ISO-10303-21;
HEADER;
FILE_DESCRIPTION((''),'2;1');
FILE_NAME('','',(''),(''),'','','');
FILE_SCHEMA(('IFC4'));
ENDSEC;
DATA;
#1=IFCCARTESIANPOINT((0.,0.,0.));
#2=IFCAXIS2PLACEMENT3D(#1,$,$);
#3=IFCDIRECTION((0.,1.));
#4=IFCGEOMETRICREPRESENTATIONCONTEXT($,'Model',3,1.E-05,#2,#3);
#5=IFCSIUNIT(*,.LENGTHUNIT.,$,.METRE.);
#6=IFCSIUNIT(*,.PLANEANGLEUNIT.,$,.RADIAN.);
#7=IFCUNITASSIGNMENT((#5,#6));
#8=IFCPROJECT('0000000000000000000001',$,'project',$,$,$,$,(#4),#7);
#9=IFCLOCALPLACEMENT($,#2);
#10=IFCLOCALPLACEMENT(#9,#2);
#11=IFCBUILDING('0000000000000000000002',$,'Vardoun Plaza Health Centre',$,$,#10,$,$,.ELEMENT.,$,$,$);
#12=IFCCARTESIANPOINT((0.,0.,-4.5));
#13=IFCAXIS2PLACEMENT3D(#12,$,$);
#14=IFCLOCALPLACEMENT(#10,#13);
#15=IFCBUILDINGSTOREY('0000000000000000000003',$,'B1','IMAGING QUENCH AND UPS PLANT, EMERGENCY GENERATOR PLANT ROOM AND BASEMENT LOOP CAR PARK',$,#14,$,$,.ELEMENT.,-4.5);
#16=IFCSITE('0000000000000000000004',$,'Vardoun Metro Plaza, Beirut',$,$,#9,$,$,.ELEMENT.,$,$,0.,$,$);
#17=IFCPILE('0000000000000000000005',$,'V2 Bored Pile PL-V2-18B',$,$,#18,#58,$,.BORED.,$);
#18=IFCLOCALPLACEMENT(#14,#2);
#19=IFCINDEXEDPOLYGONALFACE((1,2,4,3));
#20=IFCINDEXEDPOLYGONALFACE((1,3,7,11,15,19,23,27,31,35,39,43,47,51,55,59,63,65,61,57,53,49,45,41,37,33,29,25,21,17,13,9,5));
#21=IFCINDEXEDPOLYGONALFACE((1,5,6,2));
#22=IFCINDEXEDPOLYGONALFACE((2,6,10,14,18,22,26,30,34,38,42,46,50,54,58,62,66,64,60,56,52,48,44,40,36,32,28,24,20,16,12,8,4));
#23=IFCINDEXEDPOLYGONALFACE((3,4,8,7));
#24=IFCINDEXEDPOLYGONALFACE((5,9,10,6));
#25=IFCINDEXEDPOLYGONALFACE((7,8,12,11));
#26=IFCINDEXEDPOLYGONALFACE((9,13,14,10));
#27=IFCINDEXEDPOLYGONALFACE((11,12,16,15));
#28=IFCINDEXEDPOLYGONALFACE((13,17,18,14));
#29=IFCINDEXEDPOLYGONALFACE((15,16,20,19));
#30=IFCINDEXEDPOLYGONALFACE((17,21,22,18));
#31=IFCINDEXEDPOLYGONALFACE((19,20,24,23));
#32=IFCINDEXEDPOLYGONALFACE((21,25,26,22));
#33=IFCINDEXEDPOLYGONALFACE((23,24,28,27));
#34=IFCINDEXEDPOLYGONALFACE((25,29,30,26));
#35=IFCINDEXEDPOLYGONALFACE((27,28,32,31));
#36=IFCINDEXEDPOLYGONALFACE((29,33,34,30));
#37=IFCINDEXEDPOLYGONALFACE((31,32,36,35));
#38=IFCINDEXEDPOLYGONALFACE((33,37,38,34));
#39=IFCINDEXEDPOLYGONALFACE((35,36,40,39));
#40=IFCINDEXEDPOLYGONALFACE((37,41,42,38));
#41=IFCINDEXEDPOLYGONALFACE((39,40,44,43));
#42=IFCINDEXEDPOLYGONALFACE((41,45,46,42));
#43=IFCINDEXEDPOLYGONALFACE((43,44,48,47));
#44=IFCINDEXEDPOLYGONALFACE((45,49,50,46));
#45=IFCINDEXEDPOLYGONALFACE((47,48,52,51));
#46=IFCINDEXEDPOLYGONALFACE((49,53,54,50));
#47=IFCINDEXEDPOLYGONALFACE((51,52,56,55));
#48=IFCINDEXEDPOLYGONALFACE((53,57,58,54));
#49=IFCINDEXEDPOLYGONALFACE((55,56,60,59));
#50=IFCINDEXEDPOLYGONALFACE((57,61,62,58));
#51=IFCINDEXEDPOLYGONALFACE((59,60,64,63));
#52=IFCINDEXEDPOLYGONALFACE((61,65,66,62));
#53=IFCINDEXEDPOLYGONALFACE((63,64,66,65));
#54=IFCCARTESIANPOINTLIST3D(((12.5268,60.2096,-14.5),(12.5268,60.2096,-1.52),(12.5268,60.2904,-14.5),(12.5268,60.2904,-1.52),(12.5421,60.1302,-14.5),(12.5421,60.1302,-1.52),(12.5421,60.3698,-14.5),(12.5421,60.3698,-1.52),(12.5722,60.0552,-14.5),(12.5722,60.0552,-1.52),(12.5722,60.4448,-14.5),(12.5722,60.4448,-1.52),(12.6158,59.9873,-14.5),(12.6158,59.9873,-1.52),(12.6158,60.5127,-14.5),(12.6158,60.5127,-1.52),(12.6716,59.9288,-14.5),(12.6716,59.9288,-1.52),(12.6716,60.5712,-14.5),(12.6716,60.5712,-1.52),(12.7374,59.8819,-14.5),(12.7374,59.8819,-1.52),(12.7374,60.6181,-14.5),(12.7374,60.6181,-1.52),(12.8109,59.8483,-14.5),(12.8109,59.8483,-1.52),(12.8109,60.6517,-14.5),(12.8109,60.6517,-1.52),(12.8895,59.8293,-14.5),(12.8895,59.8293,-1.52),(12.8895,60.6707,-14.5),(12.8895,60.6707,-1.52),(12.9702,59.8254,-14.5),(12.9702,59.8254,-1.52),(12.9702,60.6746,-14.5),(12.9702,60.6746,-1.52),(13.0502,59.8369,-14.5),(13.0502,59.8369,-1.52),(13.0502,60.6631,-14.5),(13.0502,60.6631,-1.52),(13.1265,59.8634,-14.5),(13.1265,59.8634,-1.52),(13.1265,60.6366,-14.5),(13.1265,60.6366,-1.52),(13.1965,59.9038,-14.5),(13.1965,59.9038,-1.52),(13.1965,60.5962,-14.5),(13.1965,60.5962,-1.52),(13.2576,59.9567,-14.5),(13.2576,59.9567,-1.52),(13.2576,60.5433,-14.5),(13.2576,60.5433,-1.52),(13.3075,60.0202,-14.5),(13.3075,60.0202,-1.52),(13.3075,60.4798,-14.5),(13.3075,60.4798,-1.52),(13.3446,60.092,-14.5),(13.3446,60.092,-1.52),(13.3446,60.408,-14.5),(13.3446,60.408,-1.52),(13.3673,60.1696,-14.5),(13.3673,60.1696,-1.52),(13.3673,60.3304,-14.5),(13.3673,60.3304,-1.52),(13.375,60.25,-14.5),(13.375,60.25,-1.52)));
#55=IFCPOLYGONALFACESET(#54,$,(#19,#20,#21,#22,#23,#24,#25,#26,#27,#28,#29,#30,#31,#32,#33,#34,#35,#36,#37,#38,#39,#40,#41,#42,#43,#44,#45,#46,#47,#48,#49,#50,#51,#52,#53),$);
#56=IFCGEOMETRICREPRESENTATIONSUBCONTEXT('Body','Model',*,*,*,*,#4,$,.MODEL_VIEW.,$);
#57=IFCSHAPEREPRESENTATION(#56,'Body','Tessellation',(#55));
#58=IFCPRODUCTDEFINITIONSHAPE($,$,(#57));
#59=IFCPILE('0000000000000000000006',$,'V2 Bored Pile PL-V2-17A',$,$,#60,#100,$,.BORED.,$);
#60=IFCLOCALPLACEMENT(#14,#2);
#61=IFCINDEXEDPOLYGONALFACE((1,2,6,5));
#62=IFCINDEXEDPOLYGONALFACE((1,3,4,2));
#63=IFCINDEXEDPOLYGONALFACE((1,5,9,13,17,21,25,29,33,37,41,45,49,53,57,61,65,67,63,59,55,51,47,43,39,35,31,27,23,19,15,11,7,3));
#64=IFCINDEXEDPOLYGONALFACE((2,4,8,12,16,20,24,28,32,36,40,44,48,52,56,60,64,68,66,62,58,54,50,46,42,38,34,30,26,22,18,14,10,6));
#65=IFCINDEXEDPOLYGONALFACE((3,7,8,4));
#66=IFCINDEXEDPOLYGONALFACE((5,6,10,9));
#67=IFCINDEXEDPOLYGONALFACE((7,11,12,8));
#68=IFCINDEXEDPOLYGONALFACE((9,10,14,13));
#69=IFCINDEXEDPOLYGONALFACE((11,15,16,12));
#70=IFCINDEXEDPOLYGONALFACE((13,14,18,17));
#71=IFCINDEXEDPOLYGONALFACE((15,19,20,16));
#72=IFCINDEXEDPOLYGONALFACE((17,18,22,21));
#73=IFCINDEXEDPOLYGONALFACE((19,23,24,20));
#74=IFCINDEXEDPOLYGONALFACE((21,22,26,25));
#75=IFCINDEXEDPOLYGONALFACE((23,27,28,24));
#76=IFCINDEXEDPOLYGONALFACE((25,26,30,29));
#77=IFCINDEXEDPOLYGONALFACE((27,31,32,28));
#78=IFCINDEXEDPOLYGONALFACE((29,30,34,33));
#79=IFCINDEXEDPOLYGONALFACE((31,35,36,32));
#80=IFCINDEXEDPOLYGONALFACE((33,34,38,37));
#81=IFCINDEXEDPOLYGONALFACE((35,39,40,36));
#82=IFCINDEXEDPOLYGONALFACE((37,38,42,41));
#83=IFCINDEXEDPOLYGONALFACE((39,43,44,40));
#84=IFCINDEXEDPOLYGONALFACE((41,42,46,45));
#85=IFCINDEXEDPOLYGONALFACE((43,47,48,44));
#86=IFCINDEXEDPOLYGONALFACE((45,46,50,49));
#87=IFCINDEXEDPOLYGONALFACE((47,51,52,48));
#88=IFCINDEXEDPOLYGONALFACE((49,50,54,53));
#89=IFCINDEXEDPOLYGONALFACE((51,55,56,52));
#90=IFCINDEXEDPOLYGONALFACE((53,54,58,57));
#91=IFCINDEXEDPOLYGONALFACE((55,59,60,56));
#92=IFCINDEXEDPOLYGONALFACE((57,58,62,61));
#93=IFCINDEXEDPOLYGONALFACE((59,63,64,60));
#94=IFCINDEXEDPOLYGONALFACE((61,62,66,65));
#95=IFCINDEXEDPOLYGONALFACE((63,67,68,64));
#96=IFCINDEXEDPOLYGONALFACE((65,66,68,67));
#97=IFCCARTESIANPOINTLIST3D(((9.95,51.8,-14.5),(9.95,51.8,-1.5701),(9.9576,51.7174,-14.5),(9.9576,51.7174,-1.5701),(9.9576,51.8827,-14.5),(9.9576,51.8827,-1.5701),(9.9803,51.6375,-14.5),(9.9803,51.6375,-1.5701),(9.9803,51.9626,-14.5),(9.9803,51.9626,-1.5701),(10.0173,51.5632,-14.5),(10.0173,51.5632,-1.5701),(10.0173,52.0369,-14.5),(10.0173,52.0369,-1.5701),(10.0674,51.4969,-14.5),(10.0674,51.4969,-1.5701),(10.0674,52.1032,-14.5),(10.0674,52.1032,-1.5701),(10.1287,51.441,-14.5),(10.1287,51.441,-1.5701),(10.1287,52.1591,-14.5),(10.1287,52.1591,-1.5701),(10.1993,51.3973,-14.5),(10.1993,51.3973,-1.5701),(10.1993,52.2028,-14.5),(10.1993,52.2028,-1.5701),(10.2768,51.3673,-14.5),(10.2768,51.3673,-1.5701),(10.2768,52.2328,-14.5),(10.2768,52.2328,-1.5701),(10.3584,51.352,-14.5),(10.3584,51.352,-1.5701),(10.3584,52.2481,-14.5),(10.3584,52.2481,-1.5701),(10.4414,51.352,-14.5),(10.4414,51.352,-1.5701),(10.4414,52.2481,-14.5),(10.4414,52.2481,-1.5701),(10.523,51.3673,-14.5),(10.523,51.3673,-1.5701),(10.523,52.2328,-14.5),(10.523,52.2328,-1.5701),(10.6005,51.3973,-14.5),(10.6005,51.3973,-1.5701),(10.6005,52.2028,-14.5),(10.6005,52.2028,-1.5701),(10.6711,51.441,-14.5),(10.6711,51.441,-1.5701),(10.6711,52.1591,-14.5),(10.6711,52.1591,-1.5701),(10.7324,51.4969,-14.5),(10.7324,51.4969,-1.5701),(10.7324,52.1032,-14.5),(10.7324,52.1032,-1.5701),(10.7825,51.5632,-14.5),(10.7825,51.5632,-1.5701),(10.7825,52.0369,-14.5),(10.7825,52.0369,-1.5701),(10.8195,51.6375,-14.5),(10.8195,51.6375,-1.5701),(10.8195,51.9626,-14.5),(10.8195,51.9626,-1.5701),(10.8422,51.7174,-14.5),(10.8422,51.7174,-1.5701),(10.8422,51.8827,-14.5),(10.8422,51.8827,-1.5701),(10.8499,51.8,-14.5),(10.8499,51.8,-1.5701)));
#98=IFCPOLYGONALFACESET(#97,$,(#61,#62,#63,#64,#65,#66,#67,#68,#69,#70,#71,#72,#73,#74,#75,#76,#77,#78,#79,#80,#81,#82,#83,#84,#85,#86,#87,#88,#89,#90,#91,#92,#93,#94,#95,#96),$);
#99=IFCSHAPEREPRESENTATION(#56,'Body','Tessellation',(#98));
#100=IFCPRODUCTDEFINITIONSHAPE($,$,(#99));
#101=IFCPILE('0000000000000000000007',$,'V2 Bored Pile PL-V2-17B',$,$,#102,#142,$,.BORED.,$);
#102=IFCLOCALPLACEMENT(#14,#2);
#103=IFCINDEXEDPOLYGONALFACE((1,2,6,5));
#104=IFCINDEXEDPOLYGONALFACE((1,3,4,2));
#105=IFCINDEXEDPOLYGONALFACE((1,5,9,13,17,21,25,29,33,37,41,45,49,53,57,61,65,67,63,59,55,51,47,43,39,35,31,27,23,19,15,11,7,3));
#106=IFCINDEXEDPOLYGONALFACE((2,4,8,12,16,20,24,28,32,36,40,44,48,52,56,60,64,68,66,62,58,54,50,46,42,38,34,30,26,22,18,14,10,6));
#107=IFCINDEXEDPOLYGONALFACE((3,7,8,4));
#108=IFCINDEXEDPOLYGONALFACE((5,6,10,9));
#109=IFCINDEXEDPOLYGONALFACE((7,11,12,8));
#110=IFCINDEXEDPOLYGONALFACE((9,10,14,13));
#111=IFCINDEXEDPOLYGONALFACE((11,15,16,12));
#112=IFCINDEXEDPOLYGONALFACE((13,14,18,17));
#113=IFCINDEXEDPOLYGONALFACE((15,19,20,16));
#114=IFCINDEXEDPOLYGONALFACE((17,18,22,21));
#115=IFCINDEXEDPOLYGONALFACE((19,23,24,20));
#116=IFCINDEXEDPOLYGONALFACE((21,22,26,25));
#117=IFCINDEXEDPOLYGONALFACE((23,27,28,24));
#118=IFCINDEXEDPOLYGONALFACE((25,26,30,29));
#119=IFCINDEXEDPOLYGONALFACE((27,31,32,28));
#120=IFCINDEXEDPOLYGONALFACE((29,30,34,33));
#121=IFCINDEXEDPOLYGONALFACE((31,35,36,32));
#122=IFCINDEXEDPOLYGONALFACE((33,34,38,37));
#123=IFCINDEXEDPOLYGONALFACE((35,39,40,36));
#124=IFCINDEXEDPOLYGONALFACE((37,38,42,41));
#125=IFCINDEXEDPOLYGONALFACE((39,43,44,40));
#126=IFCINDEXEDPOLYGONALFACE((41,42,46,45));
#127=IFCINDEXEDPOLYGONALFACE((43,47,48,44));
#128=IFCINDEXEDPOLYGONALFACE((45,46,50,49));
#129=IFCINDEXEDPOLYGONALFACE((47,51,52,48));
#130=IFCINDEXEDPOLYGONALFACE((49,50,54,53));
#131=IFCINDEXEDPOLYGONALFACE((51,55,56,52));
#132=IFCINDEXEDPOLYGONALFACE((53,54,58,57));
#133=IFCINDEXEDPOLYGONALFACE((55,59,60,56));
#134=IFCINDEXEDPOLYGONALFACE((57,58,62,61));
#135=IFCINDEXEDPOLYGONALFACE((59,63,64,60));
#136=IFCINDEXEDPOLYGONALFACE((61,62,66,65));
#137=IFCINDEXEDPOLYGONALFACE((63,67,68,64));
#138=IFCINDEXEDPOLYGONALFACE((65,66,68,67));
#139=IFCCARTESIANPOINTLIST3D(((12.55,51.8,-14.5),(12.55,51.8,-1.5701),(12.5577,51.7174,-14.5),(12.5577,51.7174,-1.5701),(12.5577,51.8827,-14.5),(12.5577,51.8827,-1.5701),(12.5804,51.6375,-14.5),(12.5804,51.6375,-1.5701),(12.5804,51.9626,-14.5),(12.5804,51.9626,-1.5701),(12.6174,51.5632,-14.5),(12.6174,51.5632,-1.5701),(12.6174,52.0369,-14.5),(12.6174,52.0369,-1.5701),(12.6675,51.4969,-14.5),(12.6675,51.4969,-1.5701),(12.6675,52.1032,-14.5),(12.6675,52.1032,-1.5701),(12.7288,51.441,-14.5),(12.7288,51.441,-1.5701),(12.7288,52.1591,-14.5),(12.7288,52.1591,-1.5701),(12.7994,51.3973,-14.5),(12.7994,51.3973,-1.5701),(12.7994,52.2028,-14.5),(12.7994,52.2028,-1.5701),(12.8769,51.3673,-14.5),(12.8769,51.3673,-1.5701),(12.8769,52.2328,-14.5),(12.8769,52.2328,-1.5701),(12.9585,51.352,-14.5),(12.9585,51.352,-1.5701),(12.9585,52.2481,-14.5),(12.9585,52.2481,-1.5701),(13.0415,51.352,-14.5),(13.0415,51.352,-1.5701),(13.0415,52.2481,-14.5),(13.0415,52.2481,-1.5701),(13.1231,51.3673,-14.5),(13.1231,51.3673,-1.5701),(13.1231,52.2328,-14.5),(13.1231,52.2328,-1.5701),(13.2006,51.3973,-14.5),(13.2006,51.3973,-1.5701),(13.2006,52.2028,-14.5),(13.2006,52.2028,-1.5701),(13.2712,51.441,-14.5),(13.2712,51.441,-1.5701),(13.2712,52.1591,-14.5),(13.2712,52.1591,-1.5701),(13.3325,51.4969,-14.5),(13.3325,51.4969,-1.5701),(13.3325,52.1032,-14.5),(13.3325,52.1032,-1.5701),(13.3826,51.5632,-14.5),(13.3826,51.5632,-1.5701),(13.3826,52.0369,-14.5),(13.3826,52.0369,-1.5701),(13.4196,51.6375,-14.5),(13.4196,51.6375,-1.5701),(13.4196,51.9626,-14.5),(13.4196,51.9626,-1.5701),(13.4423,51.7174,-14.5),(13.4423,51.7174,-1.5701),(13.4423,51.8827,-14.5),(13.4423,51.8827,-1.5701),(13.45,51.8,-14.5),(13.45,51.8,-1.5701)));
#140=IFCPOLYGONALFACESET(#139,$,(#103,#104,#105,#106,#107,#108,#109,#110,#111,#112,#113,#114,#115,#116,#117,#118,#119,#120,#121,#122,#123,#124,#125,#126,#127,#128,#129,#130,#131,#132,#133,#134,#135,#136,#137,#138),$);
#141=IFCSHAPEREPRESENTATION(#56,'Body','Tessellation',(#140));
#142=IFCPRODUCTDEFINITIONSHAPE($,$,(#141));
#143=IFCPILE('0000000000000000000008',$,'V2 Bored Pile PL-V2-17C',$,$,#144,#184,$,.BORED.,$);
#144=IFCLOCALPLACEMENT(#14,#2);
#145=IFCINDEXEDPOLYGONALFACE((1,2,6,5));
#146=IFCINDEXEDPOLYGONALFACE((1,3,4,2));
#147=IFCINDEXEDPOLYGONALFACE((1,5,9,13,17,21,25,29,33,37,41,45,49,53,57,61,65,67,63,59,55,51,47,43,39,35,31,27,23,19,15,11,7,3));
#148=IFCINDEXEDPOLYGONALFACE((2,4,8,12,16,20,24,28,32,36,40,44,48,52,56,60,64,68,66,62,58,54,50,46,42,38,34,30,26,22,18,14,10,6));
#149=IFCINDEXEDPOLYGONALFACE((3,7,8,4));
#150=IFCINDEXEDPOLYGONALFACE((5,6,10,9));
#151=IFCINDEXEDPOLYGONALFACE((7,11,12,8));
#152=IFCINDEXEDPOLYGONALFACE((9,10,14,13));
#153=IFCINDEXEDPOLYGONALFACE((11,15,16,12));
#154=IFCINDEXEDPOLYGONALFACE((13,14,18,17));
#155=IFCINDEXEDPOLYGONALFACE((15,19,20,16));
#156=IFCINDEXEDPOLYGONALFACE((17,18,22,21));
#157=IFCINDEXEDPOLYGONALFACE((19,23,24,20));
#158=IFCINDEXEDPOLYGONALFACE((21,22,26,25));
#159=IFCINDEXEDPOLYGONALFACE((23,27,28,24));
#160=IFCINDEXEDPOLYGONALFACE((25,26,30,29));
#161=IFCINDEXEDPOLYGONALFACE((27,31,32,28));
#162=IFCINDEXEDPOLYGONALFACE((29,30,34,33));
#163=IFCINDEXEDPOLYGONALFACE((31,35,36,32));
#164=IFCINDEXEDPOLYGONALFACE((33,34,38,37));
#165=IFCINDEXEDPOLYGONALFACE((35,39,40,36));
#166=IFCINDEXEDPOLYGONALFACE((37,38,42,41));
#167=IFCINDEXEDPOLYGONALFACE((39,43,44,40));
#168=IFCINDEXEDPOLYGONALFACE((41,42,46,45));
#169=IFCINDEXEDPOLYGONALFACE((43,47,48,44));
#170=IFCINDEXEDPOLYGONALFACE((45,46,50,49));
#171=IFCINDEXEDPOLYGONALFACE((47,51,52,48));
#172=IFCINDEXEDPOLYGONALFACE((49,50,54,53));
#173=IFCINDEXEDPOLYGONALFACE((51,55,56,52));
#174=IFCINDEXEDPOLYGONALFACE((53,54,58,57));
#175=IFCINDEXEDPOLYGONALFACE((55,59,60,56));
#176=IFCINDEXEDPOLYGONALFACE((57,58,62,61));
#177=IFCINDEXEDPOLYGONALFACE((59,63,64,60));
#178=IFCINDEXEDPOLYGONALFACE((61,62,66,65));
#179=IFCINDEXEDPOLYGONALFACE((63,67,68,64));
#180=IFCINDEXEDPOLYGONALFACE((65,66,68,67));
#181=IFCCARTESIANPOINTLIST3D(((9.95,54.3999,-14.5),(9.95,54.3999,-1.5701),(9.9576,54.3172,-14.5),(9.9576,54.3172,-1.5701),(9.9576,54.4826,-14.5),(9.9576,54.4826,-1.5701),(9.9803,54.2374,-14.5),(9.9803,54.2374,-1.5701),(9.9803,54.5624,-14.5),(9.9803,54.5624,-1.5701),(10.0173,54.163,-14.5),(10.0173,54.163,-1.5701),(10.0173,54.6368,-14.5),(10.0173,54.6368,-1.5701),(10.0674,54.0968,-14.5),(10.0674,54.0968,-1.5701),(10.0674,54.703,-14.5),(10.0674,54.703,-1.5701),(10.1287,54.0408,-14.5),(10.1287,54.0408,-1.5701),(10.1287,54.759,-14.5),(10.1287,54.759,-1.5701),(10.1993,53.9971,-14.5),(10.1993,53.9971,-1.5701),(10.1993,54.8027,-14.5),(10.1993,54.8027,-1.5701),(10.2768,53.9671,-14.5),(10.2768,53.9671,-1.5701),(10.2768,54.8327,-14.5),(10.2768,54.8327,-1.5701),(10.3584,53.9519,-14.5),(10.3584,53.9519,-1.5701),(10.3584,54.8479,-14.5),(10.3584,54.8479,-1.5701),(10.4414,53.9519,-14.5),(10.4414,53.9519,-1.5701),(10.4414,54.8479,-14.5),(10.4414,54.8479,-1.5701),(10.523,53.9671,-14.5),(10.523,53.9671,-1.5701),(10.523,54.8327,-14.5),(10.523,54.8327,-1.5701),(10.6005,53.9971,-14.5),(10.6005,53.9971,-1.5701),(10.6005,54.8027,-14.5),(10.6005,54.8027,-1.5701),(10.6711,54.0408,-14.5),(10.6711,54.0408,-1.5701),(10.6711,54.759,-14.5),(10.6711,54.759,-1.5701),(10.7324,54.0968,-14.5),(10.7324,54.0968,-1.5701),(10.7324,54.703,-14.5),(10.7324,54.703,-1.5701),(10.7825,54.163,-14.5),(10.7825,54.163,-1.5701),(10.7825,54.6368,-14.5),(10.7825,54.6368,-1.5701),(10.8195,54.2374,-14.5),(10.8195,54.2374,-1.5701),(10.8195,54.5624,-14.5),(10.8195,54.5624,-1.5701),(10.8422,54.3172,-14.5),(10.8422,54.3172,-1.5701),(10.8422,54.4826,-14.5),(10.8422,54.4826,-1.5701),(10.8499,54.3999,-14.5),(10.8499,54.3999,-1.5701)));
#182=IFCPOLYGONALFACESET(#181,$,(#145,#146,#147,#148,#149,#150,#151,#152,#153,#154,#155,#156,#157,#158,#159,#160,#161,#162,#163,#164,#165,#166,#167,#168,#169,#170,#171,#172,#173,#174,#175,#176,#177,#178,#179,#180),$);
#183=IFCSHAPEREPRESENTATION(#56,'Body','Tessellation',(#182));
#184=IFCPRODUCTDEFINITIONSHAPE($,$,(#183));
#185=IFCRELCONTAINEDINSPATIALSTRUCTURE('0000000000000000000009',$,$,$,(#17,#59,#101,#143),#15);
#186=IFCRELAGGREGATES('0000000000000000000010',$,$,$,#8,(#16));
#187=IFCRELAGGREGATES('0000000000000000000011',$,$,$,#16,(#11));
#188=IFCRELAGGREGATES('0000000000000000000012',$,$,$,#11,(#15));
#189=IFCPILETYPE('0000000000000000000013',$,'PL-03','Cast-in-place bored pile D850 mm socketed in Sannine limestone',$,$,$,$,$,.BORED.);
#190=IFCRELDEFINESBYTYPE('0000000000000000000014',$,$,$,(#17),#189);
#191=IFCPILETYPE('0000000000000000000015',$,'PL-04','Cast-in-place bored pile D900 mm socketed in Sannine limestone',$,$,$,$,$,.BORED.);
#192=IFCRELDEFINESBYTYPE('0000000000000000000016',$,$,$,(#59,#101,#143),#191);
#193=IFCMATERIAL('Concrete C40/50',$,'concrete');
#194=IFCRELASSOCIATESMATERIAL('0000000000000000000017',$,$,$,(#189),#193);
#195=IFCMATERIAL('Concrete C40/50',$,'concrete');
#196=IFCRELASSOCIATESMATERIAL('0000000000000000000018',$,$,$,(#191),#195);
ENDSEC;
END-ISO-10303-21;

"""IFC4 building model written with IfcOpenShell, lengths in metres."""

from ifc_helpers import new_model, si_unit, direction, frame, origin, origin_2d, place, context, subcontext, project, spatial, circle, extrude, material, material_profile, profile_set, type_object, element, save


model = new_model("IFC4")

# Units and contexts
model_context = context("Model", 3, precision=1e-05, world=origin(), true_north=direction((0.0, 1.0)))
body_context = subcontext(model_context, "Body", "Model", "MODEL_VIEW")
ifc_project = project(units=[si_unit("LENGTHUNIT", "METRE"), si_unit("PLANEANGLEUNIT", "RADIAN")], contexts=[model_context])

# Site, building, storey
site_placement = place(None, origin())
site = spatial("IfcSite", under=ifc_project, at=site_placement, Name="Vardoun Metro Plaza, Beirut", CompositionType="ELEMENT", RefElevation=0.0)
building_placement = place(site_placement, origin())
building = spatial("IfcBuilding", under=site, at=building_placement, Name="Vardoun Plaza Health Centre", CompositionType="ELEMENT")
storey_placement = place(building_placement, frame((0.0, 0.0, -4.5)))
storey = spatial("IfcBuildingStorey", under=building, at=storey_placement, Name="B1", Description="IMAGING QUENCH AND UPS PLANT, EMERGENCY GENERATOR PLANT ROOM AND BASEMENT LOOP CAR PARK", CompositionType="ELEMENT", Elevation=-4.5)

# Piles
ifc_material_1 = material(Name="Concrete C40/50", Category="concrete")
ifc_material_profile_1 = material_profile(ifc_material_1, circle(Radius=0.425, at=origin_2d()), Name="PILE D850")
ifc_profile_set_1 = profile_set([ifc_material_profile_1], Name="Concrete C40/50")
pile_type_1 = type_object("IfcPileType", Name="PL-03", Description="Cast-in-place bored pile D850 mm socketed in Sannine limestone", PredefinedType="BORED", material=ifc_profile_set_1)
for number, where, z_axis, x_axis, name in (
    (1, (12.95, 60.25, -1.52), (0.0, 0.0, -1.0), (1.0, 0.0, 0.0), "V2 Bored Pile PL-V2-18B"),
):
    element("IfcPile", number, at=place(storey_placement, frame(where, z_axis=z_axis, x_axis=x_axis)), inside=storey, type_object=pile_type_1, Name=name, PredefinedType="BORED", context=body_context, shape_type="SweptSolid", body=[
        extrude(circle(Radius=0.425, at=origin_2d()), origin(), (0.0, 0.0, 1.0), 12.98),
    ])
ifc_material_2 = material(Name="Concrete C40/50", Category="concrete")
ifc_material_profile_2 = material_profile(ifc_material_2, circle(Radius=0.45, at=origin_2d()), Name="PILE D900")
ifc_profile_set_2 = profile_set([ifc_material_profile_2], Name="Concrete C40/50")
pile_type_2 = type_object("IfcPileType", Name="PL-04", Description="Cast-in-place bored pile D900 mm socketed in Sannine limestone", PredefinedType="BORED", material=ifc_profile_set_2)
for number, where, z_axis, x_axis, name in (
    (2, (10.3999, 51.8, -1.5701), (0.0, 0.0, -1.0), (1.0, 0.0, 0.0), "V2 Bored Pile PL-V2-17A"),
    (3, (13.0, 51.8, -1.5701), (0.0, 0.0, -1.0), (1.0, 0.0, 0.0), "V2 Bored Pile PL-V2-17B"),
    (4, (10.3999, 54.3999, -1.5701), (0.0, 0.0, -1.0), (1.0, 0.0, 0.0), "V2 Bored Pile PL-V2-17C"),
):
    element("IfcPile", number, at=place(storey_placement, frame(where, z_axis=z_axis, x_axis=x_axis)), inside=storey, type_object=pile_type_2, Name=name, PredefinedType="BORED", context=body_context, shape_type="SweptSolid", body=[
        extrude(circle(Radius=0.45, at=origin_2d()), origin(), (0.0, 0.0, 1.0), 12.9299),
    ])

save(model, "model.ifc")
